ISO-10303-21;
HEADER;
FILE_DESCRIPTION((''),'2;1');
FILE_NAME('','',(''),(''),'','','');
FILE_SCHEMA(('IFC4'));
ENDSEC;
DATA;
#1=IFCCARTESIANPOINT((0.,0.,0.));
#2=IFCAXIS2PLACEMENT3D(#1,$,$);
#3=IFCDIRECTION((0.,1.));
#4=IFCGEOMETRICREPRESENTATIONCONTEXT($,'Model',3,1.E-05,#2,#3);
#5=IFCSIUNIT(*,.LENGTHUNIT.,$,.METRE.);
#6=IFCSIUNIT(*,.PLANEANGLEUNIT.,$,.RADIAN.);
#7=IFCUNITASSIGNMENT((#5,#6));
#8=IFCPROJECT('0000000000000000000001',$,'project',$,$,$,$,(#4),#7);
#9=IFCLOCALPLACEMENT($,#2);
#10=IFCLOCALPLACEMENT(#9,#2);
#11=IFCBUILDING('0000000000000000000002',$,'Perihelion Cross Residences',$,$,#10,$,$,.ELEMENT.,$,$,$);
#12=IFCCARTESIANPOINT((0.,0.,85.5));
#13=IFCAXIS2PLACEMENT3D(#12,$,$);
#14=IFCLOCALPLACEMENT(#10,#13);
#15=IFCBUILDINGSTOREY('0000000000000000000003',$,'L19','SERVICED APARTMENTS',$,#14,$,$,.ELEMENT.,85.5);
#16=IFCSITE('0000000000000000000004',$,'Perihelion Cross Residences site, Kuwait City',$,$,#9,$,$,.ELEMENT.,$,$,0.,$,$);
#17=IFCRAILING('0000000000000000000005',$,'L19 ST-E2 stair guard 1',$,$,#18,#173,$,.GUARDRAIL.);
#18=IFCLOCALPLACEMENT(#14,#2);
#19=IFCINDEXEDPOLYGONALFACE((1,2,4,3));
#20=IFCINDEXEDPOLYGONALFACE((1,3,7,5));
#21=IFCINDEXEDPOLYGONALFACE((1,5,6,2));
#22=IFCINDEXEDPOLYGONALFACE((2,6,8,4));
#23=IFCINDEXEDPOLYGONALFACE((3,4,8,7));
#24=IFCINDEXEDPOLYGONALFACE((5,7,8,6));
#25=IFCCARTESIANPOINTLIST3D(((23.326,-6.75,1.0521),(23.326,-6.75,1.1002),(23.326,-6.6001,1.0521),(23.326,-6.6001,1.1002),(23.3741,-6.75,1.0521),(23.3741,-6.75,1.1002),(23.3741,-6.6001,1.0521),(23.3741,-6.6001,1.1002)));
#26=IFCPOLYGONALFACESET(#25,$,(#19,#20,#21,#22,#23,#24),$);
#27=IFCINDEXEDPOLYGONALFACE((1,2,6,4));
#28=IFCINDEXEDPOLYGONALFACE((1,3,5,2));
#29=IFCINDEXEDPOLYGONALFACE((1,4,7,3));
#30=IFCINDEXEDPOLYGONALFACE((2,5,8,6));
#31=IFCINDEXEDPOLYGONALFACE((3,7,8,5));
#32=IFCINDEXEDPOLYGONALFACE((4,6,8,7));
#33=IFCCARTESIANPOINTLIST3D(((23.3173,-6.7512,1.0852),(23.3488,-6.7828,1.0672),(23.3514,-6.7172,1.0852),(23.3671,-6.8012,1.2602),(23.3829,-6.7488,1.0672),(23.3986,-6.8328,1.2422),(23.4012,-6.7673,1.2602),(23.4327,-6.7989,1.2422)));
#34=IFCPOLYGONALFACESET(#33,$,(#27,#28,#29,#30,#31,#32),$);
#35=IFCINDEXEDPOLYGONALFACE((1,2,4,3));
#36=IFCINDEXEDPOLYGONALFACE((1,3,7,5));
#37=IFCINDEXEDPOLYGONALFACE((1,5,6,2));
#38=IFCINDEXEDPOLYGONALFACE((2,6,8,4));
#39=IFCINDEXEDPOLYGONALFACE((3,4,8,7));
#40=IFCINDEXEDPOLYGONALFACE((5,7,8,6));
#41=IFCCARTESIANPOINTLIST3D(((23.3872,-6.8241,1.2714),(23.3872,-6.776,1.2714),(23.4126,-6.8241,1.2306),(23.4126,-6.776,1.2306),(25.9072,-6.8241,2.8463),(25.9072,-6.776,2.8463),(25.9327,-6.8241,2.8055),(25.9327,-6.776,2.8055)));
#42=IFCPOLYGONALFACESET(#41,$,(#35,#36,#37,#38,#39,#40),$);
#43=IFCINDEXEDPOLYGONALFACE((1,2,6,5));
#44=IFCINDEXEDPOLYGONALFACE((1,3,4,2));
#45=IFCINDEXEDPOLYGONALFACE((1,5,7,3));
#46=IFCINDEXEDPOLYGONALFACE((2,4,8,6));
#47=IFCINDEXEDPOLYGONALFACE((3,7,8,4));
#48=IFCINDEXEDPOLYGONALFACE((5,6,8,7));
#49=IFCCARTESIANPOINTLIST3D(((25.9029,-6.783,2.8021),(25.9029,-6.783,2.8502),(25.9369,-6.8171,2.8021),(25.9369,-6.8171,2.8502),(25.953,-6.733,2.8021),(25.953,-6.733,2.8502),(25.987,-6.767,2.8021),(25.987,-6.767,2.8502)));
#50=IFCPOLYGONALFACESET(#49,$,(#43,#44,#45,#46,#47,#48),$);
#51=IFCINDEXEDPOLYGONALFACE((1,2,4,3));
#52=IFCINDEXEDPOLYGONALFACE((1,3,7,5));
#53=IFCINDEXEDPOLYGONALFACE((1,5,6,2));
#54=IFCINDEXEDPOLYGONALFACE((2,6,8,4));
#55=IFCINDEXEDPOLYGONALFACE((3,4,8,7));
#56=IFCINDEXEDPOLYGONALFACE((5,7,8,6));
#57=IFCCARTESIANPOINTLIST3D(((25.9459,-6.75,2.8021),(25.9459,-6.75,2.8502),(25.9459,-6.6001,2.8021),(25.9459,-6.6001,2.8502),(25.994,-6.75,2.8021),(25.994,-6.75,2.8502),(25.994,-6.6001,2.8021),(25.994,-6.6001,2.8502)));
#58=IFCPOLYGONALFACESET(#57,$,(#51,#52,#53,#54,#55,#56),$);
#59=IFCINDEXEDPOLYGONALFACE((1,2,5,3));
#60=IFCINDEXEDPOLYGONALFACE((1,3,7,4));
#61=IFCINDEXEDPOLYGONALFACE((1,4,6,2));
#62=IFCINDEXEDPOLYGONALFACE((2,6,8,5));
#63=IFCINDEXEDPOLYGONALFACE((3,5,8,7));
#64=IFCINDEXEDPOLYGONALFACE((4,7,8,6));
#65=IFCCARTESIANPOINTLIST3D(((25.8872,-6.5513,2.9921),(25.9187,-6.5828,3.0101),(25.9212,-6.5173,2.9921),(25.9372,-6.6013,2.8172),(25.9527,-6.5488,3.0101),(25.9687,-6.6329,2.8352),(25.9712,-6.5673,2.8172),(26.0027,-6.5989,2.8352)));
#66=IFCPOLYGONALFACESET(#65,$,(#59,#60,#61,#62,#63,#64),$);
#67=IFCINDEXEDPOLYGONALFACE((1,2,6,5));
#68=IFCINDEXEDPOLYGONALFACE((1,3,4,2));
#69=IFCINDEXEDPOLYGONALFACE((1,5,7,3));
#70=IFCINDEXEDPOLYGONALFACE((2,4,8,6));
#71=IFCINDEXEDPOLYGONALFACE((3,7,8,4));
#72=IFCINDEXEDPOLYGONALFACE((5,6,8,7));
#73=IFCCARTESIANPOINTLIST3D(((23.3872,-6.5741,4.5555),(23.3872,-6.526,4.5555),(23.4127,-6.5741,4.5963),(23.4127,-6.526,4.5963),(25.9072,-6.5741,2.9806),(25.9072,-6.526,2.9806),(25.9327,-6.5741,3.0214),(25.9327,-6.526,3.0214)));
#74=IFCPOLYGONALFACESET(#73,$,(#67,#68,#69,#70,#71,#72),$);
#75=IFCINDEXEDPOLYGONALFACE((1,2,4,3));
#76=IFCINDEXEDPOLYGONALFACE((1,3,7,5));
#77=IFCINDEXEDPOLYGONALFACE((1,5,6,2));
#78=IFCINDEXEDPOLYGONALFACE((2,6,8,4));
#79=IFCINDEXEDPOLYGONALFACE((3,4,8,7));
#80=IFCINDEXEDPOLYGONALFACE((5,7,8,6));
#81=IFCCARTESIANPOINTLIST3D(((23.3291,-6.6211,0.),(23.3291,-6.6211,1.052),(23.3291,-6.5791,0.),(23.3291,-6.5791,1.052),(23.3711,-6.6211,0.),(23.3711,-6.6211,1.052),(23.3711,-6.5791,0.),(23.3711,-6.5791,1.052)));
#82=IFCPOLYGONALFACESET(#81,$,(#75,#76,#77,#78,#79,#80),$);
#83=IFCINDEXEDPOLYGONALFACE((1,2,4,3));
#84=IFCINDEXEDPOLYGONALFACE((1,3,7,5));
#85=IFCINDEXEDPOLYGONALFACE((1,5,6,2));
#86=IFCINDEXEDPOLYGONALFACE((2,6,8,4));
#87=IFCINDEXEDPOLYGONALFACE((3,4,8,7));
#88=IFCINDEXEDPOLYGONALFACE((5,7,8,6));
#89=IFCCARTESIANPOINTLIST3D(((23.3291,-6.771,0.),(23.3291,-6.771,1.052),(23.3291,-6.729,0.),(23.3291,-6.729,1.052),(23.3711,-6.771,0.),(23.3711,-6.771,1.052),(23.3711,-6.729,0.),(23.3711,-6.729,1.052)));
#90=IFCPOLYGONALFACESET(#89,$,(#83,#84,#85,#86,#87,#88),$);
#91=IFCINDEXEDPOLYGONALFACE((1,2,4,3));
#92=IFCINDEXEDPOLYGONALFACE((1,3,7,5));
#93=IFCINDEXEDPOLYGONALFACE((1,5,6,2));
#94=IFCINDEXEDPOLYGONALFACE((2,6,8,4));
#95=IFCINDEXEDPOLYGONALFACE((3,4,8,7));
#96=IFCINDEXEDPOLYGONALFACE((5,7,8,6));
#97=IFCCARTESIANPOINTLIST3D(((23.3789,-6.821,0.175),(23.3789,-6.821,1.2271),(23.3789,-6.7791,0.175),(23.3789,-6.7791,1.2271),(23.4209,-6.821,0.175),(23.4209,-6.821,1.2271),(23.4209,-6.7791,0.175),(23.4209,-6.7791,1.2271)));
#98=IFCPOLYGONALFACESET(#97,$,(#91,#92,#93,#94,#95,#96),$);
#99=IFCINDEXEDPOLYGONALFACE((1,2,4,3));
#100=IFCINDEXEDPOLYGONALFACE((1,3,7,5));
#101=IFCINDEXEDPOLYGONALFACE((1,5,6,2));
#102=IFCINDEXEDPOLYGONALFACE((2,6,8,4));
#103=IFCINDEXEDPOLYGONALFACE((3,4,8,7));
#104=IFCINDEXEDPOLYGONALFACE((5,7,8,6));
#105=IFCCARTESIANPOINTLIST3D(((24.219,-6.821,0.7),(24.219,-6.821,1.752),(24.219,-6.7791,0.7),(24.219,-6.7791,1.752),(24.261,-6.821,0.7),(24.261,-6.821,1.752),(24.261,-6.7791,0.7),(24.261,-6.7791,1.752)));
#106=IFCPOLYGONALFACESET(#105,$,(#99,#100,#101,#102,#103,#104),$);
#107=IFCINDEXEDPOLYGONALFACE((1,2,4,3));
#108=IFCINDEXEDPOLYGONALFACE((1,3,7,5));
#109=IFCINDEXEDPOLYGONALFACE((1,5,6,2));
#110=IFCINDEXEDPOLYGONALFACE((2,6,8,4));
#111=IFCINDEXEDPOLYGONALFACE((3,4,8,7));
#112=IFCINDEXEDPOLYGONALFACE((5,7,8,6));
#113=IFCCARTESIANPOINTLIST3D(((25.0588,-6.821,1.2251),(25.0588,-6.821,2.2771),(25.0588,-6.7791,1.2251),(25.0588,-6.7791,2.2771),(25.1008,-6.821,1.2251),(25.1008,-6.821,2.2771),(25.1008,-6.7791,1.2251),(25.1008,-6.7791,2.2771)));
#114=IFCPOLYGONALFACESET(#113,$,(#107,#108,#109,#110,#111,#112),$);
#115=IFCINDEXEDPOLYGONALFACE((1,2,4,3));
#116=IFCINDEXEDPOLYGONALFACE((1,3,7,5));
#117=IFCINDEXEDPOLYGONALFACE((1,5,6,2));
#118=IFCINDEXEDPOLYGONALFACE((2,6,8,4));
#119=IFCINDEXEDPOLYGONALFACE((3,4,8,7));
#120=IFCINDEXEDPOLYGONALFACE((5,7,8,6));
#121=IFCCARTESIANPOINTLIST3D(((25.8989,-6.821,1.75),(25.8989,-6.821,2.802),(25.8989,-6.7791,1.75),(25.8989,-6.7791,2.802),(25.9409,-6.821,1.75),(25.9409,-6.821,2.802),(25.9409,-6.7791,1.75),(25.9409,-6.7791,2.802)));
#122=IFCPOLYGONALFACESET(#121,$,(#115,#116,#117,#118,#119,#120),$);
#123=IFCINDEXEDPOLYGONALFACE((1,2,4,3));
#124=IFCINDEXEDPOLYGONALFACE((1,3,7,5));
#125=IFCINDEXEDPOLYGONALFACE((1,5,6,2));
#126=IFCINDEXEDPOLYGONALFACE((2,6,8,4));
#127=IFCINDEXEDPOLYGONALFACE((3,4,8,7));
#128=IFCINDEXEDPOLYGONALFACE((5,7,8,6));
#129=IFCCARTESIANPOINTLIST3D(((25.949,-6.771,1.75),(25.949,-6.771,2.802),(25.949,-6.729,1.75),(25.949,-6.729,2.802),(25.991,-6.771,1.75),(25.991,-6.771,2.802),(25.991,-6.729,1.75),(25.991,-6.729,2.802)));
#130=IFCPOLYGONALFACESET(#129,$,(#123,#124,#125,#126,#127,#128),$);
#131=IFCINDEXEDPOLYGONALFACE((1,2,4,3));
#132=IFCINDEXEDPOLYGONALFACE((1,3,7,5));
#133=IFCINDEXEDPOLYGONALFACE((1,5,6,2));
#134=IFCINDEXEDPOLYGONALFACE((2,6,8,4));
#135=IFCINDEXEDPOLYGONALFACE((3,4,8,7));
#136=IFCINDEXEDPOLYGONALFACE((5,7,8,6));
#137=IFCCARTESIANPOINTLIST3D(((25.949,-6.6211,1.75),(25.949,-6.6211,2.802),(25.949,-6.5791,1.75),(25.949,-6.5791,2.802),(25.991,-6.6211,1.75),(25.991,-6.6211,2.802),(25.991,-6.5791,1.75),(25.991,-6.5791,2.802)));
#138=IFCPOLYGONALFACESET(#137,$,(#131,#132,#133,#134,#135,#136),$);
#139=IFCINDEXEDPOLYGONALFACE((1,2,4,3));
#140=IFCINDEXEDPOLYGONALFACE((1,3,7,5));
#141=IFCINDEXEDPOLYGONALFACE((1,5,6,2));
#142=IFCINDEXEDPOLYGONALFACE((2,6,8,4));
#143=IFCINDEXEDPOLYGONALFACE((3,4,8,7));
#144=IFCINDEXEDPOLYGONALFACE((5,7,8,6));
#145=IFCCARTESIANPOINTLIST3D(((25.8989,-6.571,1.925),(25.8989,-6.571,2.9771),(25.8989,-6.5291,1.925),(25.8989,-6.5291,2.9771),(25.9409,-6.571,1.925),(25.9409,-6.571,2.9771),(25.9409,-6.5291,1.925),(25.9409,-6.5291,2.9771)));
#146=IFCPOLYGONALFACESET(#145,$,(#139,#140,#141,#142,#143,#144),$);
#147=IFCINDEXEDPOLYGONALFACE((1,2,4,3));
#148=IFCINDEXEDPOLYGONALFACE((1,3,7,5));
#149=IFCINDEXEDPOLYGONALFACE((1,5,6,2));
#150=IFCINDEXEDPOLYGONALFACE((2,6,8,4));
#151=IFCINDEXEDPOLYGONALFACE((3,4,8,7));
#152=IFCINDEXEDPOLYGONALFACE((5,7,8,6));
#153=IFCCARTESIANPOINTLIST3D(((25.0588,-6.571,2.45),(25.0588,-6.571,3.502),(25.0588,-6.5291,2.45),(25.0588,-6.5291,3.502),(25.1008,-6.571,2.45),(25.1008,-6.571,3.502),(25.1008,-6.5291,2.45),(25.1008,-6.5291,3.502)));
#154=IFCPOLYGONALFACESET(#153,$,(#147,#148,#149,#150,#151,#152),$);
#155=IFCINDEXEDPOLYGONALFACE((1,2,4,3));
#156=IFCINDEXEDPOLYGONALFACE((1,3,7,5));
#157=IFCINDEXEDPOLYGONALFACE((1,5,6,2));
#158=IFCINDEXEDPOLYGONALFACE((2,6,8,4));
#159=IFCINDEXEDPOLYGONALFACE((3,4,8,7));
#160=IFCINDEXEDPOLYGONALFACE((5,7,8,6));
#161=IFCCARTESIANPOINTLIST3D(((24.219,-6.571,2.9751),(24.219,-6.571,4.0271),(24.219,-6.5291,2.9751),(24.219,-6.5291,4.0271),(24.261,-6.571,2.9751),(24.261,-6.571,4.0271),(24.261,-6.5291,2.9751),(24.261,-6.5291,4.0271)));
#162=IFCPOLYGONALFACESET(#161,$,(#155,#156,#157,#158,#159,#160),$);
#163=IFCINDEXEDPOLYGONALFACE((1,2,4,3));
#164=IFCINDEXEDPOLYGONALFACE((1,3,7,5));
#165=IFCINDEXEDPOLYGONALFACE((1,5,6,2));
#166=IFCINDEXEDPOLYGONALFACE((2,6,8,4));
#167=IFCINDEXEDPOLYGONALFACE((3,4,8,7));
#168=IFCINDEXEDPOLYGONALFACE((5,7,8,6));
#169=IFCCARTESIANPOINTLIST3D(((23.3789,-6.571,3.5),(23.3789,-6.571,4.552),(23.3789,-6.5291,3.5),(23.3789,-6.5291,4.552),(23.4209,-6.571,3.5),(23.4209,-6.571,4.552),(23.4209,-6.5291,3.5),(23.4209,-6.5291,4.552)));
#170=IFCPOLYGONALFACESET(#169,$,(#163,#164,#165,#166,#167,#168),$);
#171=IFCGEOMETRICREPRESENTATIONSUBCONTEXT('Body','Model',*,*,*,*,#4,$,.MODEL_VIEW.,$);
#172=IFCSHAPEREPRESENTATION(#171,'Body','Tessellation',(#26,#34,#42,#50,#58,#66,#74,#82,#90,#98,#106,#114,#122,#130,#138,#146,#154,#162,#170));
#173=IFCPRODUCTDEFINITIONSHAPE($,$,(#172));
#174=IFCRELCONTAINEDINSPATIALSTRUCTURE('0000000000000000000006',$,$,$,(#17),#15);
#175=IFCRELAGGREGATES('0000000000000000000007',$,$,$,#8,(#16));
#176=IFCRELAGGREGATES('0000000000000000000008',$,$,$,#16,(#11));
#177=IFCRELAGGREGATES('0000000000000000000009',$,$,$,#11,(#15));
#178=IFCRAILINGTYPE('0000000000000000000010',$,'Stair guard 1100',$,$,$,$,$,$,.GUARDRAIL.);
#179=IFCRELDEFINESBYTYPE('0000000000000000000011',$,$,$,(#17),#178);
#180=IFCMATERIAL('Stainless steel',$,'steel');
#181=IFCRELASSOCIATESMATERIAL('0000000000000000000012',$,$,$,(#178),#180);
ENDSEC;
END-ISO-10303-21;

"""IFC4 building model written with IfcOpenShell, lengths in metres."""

from ifc_helpers import new_model, si_unit, direction, frame, origin, origin_2d, place, context, subcontext, project, spatial, rectangle, extrude, material, type_object, element, save


model = new_model("IFC4")

# Units and contexts
model_context = context("Model", 3, precision=1e-05, world=origin(), true_north=direction((0.0, 1.0)))
body_context = subcontext(model_context, "Body", "Model", "MODEL_VIEW")
ifc_project = project(units=[si_unit("LENGTHUNIT", "METRE"), si_unit("PLANEANGLEUNIT", "RADIAN")], contexts=[model_context])

# Site, building, storey
site_placement = place(None, origin())
site = spatial("IfcSite", under=ifc_project, at=site_placement, Name="Perihelion Cross Residences site, Kuwait City", CompositionType="ELEMENT", RefElevation=0.0)
building_placement = place(site_placement, origin())
building = spatial("IfcBuilding", under=site, at=building_placement, Name="Perihelion Cross Residences", CompositionType="ELEMENT")
storey_placement = place(building_placement, frame((0.0, 0.0, 85.5)))
storey = spatial("IfcBuildingStorey", under=building, at=storey_placement, Name="L19", Description="SERVICED APARTMENTS", CompositionType="ELEMENT", Elevation=85.5)

# Railing
ifc_material_1 = material(Name="Stainless steel", Category="steel")
railing_type_1 = type_object("IfcRailingType", Name="Stair guard 1100", PredefinedType="GUARDRAIL", material=ifc_material_1)
railing_1_placement = place(storey_placement, frame((23.3501, -6.6001, 0.0)))
element("IfcRailing", 1, at=railing_1_placement, inside=storey, type_object=railing_type_1, Name="L19 ST-E2 stair guard 1", PredefinedType="GUARDRAIL", context=body_context, shape_type="SweptSolid", body=[
    extrude(rectangle(XDim=0.0481, YDim=0.0481, at=origin_2d()), frame((0.0, 0.0, 1.0762), z_axis=(0.0, -1.0, 0.0), x_axis=(1.0, 0.0, 0.0)), (0.0, 0.0, 1.0), 0.1499),
    extrude(rectangle(XDim=0.0481, YDim=0.0481, at=origin_2d()), frame((0.0, -0.1499, 1.0762), z_axis=(0.263862, -0.265156, 0.927399), x_axis=(0.708834, 0.705376, 0.0)), (0.0, 0.0, 1.0), 0.1887),
    extrude(rectangle(XDim=0.0481, YDim=0.0481, at=origin_2d()), frame((0.0498, -0.2, 1.251), z_axis=(0.848008, 0.0, 0.529984), x_axis=(0.0, 1.0, 0.0)), (0.0, 0.0, 1.0), 2.9717),
    extrude(rectangle(XDim=0.0481, YDim=0.0481, at=origin_2d()), frame((2.5698, -0.2, 2.8262), z_axis=(0.707107, 0.707107, 0.0), x_axis=(-0.707107, 0.707107, 0.0)), (0.0, 0.0, 1.0), 0.0708),
    extrude(rectangle(XDim=0.0481, YDim=0.0481, at=origin_2d()), frame((2.6199, -0.1499, 2.8262), z_axis=(0.0, 1.0, 0.0), x_axis=(-1.0, 0.0, 0.0)), (0.0, 0.0, 1.0), 0.1499),
    extrude(rectangle(XDim=0.0481, YDim=0.0481, at=origin_2d()), frame((2.6199, 0.0, 2.8262), z_axis=(-0.265065, 0.265065, 0.927082), x_axis=(-0.707107, -0.707107, 0.0)), (0.0, 0.0, 1.0), 0.1887),
    extrude(rectangle(XDim=0.0481, YDim=0.0481, at=origin_2d()), frame((2.5698, 0.05, 3.001), z_axis=(-0.848008, 0.0, 0.529984), x_axis=(0.0, -1.0, 0.0)), (0.0, 0.0, 1.0), 2.9717),
    extrude(rectangle(XDim=0.042, YDim=0.042, at=origin_2d()), origin(), (0.0, 0.0, 1.0), 1.052),
    extrude(rectangle(XDim=0.042, YDim=0.042, at=origin_2d()), frame((0.0, -0.1499, 0.0)), (0.0, 0.0, 1.0), 1.052),
    extrude(rectangle(XDim=0.042, YDim=0.042, at=origin_2d()), frame((0.0498, -0.2, 0.175)), (0.0, 0.0, 1.0), 1.052),
    extrude(rectangle(XDim=0.042, YDim=0.042, at=origin_2d()), frame((0.8899, -0.2, 0.7)), (0.0, 0.0, 1.0), 1.052),
    extrude(rectangle(XDim=0.042, YDim=0.042, at=origin_2d()), frame((1.7297, -0.2, 1.2251)), (0.0, 0.0, 1.0), 1.052),
    extrude(rectangle(XDim=0.042, YDim=0.042, at=origin_2d()), frame((2.5698, -0.2, 1.75)), (0.0, 0.0, 1.0), 1.052),
    extrude(rectangle(XDim=0.042, YDim=0.042, at=origin_2d()), frame((2.6199, -0.1499, 1.75)), (0.0, 0.0, 1.0), 1.052),
    extrude(rectangle(XDim=0.042, YDim=0.042, at=origin_2d()), frame((2.6199, 0.0, 1.75)), (0.0, 0.0, 1.0), 1.052),
    extrude(rectangle(XDim=0.042, YDim=0.042, at=origin_2d()), frame((2.5698, 0.05, 1.925)), (0.0, 0.0, 1.0), 1.052),
    extrude(rectangle(XDim=0.042, YDim=0.042, at=origin_2d()), frame((1.7297, 0.05, 2.45)), (0.0, 0.0, 1.0), 1.052),
    extrude(rectangle(XDim=0.042, YDim=0.042, at=origin_2d()), frame((0.8899, 0.05, 2.9751)), (0.0, 0.0, 1.0), 1.052),
    extrude(rectangle(XDim=0.042, YDim=0.042, at=origin_2d()), frame((0.0498, 0.05, 3.5)), (0.0, 0.0, 1.0), 1.052),
])

save(model, "model.ifc")
